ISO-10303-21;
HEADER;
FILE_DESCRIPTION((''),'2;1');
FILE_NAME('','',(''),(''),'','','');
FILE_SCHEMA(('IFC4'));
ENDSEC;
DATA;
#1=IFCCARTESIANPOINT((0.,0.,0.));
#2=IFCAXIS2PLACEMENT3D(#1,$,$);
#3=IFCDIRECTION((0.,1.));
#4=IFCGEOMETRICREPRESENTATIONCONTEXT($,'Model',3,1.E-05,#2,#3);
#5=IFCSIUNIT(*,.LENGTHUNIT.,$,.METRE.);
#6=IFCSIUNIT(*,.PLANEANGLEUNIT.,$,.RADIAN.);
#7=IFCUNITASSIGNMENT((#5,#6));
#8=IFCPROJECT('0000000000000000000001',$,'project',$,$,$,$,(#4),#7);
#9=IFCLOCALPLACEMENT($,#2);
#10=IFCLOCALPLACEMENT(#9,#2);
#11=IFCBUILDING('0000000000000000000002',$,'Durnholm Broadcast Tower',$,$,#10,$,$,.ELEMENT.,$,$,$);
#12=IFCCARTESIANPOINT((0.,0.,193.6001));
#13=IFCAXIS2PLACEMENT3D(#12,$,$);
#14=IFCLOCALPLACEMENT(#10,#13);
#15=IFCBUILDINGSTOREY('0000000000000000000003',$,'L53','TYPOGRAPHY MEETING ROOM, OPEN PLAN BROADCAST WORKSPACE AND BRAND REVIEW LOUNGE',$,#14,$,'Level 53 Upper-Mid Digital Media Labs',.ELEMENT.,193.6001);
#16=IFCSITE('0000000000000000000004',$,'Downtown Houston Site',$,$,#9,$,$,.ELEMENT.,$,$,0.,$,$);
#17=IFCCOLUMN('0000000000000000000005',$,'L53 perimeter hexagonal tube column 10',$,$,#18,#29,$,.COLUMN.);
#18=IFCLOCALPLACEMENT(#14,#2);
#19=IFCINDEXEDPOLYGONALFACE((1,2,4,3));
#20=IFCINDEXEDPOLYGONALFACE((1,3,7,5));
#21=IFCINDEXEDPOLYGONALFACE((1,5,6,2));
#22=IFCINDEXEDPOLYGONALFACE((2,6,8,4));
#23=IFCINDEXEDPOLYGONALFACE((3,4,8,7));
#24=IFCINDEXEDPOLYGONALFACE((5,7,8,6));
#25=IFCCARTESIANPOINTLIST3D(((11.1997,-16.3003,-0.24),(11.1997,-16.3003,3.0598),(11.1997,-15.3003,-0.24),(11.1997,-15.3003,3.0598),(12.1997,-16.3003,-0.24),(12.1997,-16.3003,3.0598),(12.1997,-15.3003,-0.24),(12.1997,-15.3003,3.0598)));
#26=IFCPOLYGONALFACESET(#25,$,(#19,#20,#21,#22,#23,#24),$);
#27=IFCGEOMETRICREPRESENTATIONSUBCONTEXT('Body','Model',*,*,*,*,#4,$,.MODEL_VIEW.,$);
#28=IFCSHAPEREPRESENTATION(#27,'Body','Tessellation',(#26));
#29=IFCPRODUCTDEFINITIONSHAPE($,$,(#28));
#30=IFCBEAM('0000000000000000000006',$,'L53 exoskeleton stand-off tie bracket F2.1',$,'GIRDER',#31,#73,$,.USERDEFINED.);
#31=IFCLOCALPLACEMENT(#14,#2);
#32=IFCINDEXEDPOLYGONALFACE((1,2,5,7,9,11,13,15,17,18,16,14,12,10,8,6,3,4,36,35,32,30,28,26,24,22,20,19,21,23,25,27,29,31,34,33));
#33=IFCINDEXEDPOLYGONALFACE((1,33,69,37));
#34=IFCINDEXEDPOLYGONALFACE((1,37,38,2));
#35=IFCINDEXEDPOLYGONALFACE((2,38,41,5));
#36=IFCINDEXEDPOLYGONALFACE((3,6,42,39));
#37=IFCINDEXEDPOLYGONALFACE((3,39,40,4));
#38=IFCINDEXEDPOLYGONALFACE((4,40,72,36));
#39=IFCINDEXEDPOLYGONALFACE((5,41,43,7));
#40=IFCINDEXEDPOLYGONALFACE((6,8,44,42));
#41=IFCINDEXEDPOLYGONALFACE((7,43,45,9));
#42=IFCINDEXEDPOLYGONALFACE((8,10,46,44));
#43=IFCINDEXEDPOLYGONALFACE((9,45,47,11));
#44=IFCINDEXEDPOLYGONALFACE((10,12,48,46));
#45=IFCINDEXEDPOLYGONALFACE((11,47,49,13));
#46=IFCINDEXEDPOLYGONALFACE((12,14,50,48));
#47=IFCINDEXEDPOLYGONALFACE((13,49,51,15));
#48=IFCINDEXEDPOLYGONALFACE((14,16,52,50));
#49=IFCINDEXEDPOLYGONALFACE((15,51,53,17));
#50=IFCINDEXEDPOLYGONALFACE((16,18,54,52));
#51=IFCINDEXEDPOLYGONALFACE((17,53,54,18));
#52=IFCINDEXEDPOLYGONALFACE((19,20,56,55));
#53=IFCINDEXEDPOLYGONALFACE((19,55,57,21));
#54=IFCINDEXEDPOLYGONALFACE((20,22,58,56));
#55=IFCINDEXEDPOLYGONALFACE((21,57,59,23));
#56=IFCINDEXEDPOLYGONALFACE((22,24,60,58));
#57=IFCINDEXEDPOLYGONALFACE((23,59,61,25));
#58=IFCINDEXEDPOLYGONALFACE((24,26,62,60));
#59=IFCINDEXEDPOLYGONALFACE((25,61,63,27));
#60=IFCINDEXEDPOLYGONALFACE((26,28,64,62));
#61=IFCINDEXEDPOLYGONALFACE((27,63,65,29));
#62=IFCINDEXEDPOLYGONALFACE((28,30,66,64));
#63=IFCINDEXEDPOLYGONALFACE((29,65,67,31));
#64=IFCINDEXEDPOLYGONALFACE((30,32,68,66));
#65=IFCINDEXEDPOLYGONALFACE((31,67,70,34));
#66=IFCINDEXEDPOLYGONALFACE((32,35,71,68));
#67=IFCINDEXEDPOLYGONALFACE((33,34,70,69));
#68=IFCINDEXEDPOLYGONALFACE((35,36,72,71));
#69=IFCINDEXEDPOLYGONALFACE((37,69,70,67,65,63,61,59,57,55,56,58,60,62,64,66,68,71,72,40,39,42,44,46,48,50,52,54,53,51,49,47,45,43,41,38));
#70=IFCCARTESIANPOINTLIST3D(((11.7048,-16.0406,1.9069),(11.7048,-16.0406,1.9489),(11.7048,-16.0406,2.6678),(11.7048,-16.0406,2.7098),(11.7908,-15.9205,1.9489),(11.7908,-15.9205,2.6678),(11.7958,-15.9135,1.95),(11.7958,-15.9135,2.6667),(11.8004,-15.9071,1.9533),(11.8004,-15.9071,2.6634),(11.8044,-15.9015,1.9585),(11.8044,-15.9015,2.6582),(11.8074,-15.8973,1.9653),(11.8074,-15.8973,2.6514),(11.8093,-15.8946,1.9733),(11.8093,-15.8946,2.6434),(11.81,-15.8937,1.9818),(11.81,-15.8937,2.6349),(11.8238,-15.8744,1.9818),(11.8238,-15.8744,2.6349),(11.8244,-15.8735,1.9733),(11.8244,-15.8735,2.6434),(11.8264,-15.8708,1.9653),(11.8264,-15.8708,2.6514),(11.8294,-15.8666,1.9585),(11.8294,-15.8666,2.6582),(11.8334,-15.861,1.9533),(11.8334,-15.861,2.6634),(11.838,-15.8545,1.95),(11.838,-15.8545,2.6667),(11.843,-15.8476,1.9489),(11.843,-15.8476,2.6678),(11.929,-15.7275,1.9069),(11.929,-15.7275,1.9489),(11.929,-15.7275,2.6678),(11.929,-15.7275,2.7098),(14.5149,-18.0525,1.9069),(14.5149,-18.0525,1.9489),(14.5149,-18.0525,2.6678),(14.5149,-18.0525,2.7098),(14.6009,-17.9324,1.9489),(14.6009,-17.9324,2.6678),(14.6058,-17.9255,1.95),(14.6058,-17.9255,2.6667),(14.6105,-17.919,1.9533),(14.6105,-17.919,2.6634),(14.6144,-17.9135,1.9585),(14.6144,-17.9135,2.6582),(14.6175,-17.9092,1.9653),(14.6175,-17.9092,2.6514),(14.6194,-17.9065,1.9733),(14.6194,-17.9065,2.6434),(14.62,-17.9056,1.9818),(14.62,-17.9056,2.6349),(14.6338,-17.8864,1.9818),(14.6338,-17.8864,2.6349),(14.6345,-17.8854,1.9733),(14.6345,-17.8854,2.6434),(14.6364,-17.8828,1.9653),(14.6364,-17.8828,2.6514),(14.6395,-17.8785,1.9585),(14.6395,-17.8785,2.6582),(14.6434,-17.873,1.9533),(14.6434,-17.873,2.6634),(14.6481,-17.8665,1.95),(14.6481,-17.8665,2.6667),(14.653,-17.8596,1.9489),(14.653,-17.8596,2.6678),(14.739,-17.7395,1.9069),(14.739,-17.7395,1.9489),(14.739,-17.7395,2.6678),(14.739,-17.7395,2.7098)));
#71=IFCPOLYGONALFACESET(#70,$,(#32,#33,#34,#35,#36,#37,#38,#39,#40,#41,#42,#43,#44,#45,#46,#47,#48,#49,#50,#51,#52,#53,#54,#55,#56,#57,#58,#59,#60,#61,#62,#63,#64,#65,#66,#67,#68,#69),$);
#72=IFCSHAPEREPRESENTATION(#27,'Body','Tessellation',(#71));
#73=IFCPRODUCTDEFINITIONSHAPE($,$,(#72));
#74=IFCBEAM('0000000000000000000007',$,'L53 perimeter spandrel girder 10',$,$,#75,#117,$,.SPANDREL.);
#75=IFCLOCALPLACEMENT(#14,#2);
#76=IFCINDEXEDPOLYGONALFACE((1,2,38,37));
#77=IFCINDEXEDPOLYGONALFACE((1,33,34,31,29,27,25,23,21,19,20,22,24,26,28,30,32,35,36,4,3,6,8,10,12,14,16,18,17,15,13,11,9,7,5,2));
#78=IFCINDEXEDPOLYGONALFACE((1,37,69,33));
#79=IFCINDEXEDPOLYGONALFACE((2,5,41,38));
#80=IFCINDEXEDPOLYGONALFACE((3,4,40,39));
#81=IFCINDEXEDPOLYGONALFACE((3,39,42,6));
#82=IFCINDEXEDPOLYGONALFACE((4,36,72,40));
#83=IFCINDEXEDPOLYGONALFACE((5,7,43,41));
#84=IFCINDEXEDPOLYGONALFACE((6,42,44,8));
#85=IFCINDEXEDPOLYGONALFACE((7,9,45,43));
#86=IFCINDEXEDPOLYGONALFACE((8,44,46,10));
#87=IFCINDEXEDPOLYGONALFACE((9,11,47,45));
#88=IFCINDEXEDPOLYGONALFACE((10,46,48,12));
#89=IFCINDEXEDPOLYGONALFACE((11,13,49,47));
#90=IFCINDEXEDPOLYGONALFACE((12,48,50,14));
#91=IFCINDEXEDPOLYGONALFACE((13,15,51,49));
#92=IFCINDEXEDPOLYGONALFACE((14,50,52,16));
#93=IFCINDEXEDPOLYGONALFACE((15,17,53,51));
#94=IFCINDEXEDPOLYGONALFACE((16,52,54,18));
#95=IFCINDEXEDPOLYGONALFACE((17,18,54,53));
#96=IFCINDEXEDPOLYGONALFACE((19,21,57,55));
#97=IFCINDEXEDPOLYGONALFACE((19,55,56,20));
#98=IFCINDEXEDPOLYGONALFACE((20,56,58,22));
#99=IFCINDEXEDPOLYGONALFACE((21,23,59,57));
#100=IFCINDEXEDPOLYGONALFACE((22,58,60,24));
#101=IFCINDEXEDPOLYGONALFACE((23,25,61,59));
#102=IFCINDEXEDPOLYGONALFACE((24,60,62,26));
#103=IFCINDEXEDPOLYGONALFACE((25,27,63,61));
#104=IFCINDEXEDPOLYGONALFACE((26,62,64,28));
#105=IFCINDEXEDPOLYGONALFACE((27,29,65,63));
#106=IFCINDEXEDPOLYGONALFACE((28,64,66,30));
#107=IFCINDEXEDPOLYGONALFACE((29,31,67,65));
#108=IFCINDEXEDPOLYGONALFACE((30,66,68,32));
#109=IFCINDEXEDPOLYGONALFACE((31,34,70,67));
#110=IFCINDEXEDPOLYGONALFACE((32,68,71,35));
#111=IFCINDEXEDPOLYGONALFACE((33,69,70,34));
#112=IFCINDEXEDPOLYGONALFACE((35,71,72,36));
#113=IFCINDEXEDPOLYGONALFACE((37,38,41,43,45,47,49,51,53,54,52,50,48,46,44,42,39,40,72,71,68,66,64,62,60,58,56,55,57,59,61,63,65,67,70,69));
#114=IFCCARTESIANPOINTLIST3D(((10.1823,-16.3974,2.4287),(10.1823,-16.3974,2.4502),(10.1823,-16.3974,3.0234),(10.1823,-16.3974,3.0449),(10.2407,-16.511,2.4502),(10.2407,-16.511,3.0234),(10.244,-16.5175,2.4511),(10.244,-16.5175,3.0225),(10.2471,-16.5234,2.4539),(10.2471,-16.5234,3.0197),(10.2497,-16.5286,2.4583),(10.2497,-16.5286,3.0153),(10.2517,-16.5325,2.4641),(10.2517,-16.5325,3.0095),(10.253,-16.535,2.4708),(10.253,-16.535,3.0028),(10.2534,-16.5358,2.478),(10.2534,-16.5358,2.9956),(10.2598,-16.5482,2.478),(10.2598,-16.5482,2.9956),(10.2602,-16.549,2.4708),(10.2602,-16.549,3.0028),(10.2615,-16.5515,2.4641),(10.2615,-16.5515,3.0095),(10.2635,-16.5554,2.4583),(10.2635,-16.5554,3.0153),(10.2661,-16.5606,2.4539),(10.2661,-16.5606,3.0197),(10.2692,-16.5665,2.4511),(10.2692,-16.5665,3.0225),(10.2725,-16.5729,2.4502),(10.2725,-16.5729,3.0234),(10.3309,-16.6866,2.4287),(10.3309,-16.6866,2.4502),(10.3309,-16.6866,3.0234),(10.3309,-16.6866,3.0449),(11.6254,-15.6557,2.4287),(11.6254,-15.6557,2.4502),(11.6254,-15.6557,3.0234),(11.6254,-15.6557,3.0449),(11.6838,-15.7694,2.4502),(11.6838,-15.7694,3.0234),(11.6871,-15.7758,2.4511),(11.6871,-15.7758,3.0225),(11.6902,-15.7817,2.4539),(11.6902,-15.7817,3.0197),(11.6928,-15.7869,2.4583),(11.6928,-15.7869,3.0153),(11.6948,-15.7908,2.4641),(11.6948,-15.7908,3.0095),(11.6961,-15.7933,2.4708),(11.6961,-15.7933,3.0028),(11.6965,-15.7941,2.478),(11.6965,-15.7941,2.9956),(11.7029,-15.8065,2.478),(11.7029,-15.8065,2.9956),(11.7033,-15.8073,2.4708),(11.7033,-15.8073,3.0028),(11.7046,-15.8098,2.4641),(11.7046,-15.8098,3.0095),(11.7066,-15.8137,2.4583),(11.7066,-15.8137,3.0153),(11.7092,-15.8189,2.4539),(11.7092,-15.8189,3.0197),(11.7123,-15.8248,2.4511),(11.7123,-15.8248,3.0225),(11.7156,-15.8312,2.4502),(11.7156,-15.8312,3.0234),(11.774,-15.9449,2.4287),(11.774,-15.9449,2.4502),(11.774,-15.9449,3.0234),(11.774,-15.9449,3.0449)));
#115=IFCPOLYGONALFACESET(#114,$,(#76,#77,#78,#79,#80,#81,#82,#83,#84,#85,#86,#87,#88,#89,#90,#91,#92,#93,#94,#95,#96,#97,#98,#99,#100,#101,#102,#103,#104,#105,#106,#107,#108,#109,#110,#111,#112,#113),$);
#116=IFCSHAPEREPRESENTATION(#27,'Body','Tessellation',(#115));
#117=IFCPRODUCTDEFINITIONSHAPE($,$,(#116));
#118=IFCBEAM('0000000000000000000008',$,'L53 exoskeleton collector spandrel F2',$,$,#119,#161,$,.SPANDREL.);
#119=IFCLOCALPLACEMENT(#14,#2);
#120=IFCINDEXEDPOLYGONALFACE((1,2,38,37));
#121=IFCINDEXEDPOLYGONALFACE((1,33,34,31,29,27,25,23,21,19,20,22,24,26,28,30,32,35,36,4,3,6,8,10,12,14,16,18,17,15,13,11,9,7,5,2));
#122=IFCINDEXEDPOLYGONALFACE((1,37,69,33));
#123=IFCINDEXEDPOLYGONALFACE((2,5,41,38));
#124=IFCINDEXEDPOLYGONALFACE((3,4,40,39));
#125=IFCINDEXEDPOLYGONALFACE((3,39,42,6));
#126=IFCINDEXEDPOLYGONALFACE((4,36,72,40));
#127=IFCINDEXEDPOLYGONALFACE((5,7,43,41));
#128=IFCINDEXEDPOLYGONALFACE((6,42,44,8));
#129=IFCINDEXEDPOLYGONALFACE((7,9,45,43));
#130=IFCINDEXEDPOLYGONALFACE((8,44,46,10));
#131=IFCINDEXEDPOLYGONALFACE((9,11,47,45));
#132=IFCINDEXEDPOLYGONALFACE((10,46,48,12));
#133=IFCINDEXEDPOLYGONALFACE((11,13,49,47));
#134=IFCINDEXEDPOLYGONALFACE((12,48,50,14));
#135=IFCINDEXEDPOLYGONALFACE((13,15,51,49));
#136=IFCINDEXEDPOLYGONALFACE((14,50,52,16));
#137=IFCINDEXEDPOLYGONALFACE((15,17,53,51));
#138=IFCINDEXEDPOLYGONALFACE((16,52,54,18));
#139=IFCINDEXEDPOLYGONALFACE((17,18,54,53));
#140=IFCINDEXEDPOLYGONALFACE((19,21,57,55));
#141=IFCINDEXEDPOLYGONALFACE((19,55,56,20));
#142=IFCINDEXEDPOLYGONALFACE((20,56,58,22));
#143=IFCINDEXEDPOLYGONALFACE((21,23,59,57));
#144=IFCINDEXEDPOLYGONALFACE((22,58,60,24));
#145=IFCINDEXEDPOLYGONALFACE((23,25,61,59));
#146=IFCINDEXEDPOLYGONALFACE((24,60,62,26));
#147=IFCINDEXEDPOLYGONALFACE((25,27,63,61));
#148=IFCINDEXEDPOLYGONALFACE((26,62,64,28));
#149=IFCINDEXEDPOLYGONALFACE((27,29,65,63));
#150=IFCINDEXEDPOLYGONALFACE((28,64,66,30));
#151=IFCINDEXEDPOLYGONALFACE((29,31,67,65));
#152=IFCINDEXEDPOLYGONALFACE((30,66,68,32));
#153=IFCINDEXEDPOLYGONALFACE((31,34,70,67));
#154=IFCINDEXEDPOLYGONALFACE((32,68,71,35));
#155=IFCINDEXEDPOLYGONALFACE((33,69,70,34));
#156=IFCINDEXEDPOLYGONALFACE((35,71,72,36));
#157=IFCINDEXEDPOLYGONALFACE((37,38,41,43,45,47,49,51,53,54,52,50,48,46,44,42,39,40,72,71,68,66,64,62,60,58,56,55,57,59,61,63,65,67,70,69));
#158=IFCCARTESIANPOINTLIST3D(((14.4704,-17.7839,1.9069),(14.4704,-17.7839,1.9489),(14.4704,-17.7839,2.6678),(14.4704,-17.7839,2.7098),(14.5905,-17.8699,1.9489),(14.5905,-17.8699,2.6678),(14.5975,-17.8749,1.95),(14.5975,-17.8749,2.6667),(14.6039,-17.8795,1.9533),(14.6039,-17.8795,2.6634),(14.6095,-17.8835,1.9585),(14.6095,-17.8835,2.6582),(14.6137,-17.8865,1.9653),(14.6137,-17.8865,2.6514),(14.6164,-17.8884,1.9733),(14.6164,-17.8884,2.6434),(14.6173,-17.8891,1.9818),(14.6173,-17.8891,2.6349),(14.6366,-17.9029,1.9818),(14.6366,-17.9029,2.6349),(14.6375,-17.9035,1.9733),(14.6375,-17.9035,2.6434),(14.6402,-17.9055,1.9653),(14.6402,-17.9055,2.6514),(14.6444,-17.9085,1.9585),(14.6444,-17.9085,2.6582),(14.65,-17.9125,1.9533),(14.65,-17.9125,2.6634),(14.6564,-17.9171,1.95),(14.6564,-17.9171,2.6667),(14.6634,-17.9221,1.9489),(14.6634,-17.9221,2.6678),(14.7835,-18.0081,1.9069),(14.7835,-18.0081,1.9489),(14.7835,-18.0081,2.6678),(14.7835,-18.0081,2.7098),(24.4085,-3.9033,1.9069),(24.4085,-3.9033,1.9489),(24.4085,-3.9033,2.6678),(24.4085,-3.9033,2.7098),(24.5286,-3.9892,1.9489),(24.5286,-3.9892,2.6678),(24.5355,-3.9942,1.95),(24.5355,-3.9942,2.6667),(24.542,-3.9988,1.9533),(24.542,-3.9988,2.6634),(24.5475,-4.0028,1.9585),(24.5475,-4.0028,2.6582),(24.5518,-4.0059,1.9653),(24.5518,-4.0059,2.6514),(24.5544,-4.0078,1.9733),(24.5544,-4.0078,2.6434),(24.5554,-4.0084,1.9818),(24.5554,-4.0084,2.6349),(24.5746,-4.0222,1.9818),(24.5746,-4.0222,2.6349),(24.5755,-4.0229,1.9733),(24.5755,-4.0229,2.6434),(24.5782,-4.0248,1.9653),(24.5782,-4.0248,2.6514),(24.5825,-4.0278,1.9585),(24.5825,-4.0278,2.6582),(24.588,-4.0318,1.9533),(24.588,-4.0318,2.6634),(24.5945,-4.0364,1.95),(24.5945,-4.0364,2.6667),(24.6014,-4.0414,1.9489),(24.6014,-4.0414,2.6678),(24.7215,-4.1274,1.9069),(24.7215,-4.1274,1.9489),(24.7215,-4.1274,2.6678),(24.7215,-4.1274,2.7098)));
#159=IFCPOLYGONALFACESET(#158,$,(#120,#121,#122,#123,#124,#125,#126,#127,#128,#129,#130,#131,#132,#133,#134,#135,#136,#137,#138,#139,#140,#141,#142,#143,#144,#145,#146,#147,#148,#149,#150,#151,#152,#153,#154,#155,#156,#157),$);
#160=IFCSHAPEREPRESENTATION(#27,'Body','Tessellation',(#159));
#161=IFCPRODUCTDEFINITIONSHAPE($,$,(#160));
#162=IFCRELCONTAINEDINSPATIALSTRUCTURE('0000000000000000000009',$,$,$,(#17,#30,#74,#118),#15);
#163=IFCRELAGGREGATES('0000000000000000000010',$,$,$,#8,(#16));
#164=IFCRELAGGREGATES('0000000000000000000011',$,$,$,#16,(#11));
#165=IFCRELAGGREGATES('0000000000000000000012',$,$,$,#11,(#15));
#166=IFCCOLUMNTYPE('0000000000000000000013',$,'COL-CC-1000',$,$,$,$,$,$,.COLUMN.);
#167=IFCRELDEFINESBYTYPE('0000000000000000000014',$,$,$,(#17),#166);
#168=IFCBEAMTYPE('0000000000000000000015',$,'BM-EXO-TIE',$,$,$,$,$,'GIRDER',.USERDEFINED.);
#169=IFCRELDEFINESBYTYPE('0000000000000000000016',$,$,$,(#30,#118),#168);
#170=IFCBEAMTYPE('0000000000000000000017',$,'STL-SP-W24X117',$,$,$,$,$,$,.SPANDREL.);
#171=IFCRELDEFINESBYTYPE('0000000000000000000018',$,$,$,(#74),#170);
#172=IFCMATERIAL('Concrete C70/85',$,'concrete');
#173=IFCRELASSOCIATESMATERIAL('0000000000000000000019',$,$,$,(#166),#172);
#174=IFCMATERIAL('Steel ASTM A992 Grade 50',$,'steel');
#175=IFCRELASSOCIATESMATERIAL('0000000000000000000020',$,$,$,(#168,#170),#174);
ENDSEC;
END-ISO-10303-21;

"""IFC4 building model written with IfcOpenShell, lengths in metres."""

from ifc_helpers import new_model, si_unit, direction, frame, origin, origin_2d, place, context, subcontext, project, spatial, rectangle, i_section, extrude, source, transform, mapped, material, material_profile, profile_set, type_object, type_shapes, element, save


model = new_model("IFC4")

# Units and contexts
model_context = context("Model", 3, precision=1e-05, world=origin(), true_north=direction((0.0, 1.0)))
body_context = subcontext(model_context, "Body", "Model", "MODEL_VIEW")
ifc_project = project(units=[si_unit("LENGTHUNIT", "METRE"), si_unit("PLANEANGLEUNIT", "RADIAN")], contexts=[model_context])

# Site, building, storey
site_placement = place(None, origin())
site = spatial("IfcSite", under=ifc_project, at=site_placement, Name="Downtown Houston Site", CompositionType="ELEMENT", RefElevation=0.0)
building_placement = place(site_placement, origin())
building = spatial("IfcBuilding", under=site, at=building_placement, Name="Durnholm Broadcast Tower", CompositionType="ELEMENT")
storey_placement = place(building_placement, frame((0.0, 0.0, 193.6001)))
storey = spatial("IfcBuildingStorey", under=building, at=storey_placement, Name="L53", Description="TYPOGRAPHY MEETING ROOM, OPEN PLAN BROADCAST WORKSPACE AND BRAND REVIEW LOUNGE", LongName="Level 53 Upper-Mid Digital Media Labs", CompositionType="ELEMENT", Elevation=193.6001)

# Column
ifc_material_1 = material(Name="Concrete C70/85", Category="concrete")
ifc_material_profile_1 = material_profile(ifc_material_1, rectangle(XDim=1.0, YDim=1.0, at=origin_2d()), Name="RC1000X1000")
ifc_profile_set_1 = profile_set([ifc_material_profile_1], Name="Concrete C70/85")
column_type = type_object("IfcColumnType", Name="COL-CC-1000", PredefinedType="COLUMN", material=ifc_profile_set_1)
shared_shape_1 = source(origin(), body_context, "Body", "SweptSolid", [
    extrude(rectangle(XDim=1.0, YDim=1.0, at=origin_2d()), origin(), (0.0, 0.0, 1.0), 3.2998),
])
type_shapes(column_type, [shared_shape_1])
column_placement = place(storey_placement, frame((11.6997, -15.8003, -0.24), z_axis=(0.0, 0.0, 1.0), x_axis=(1.0, 0.0, 0.0)))
element("IfcColumn", 1, at=column_placement, inside=storey, type_object=column_type, Name="L53 perimeter hexagonal tube column 10", PredefinedType="COLUMN", context=body_context, shape_type="MappedRepresentation", body=[
    mapped(shared_shape_1, transform((0.0, 0.0, 0.0), x_axis=(1.0, 0.0, 0.0), y_axis=(0.0, 1.0, 0.0), z_axis=(0.0, 0.0, 1.0), scale=1.0)),
])

# Beams
ifc_material_2 = material(Name="Steel ASTM A992 Grade 50", Category="steel")
ifc_material_profile_2 = material_profile(ifc_material_2, i_section(OverallWidth=0.385, OverallDepth=0.803, WebThickness=0.0237, FlangeThickness=0.042, FilletRadius=0.033, at=origin_2d()), Name="W30X261")
ifc_profile_set_2 = profile_set([ifc_material_profile_2], Name="Steel ASTM A992 Grade 50")
beam_type_1 = type_object("IfcBeamType", Name="BM-EXO-TIE", ElementType="GIRDER", PredefinedType="USERDEFINED", material=ifc_profile_set_2)
shared_shape_2 = source(origin(), body_context, "Body", "SweptSolid", [
    extrude(i_section(OverallWidth=0.385, OverallDepth=0.803, WebThickness=0.0237, FlangeThickness=0.042, FilletRadius=0.033, at=origin_2d()), origin(), (0.0, 0.0, 1.0), 3.4561),
])
beam_1_placement = place(storey_placement, frame((11.8169, -15.884, 2.3083), z_axis=(0.813079, -0.582153, 0.0), x_axis=(0.582153, 0.813079, 0.0)))
element("IfcBeam", 2, at=beam_1_placement, inside=storey, type_object=beam_type_1, Name="L53 exoskeleton stand-off tie bracket F2.1", ObjectType="GIRDER", PredefinedType="USERDEFINED", context=body_context, shape_type="MappedRepresentation", body=[
    mapped(shared_shape_2, transform((0.0, 0.0, 0.0), x_axis=(1.0, 0.0, 0.0), y_axis=(0.0, 1.0, 0.0), z_axis=(0.0, 0.0, 1.0), scale=1.0)),
])
ifc_material_profile_3 = material_profile(ifc_material_2, i_section(OverallWidth=0.3252, OverallDepth=0.6162, WebThickness=0.0139, FlangeThickness=0.0215, FilletRadius=0.0278, at=origin_2d()), Name="W24X117")
ifc_profile_set_3 = profile_set([ifc_material_profile_3], Name="Steel ASTM A992 Grade 50")
beam_type_2 = type_object("IfcBeamType", Name="STL-SP-W24X117", PredefinedType="SPANDREL", material=ifc_profile_set_3)
shared_shape_3 = source(origin(), body_context, "Body", "SweptSolid", [
    extrude(i_section(OverallWidth=0.3252, OverallDepth=0.6162, WebThickness=0.0139, FlangeThickness=0.0215, FilletRadius=0.0278, at=origin_2d()), origin(), (0.0, 0.0, 1.0), 1.6226),
])
type_shapes(beam_type_2, [shared_shape_3])
beam_2_placement = place(storey_placement, frame((11.6997, -15.8003, 2.7368), z_axis=(-0.889407, -0.457117, 0.0), x_axis=(0.457117, -0.889407, 0.0)))
element("IfcBeam", 3, at=beam_2_placement, inside=storey, type_object=beam_type_2, Name="L53 perimeter spandrel girder 10", PredefinedType="SPANDREL", context=body_context, shape_type="MappedRepresentation", body=[
    mapped(shared_shape_3, transform((0.0, 0.0, 0.0), x_axis=(1.0, 0.0, 0.0), y_axis=(0.0, 1.0, 0.0), z_axis=(0.0, 0.0, 1.0), scale=1.0)),
])
shared_shape_4 = source(origin(), body_context, "Body", "SweptSolid", [
    extrude(i_section(OverallWidth=0.385, OverallDepth=0.803, WebThickness=0.0237, FlangeThickness=0.042, FilletRadius=0.033, at=origin_2d()), origin(), (0.0, 0.0, 1.0), 17.0715),
])
type_shapes(beam_type_1, [shared_shape_2, shared_shape_4])
beam_3_placement = place(storey_placement, frame((14.627, -17.896, 2.3083), z_axis=(0.58214, 0.813088, 0.0), x_axis=(-0.813088, 0.58214, 0.0)))
element("IfcBeam", 4, at=beam_3_placement, inside=storey, type_object=beam_type_1, Name="L53 exoskeleton collector spandrel F2", PredefinedType="SPANDREL", context=body_context, shape_type="MappedRepresentation", body=[
    mapped(shared_shape_4, transform((0.0, 0.0, 0.0), x_axis=(1.0, 0.0, 0.0), y_axis=(0.0, 1.0, 0.0), z_axis=(0.0, 0.0, 1.0), scale=1.0)),
])

save(model, "model.ifc")
